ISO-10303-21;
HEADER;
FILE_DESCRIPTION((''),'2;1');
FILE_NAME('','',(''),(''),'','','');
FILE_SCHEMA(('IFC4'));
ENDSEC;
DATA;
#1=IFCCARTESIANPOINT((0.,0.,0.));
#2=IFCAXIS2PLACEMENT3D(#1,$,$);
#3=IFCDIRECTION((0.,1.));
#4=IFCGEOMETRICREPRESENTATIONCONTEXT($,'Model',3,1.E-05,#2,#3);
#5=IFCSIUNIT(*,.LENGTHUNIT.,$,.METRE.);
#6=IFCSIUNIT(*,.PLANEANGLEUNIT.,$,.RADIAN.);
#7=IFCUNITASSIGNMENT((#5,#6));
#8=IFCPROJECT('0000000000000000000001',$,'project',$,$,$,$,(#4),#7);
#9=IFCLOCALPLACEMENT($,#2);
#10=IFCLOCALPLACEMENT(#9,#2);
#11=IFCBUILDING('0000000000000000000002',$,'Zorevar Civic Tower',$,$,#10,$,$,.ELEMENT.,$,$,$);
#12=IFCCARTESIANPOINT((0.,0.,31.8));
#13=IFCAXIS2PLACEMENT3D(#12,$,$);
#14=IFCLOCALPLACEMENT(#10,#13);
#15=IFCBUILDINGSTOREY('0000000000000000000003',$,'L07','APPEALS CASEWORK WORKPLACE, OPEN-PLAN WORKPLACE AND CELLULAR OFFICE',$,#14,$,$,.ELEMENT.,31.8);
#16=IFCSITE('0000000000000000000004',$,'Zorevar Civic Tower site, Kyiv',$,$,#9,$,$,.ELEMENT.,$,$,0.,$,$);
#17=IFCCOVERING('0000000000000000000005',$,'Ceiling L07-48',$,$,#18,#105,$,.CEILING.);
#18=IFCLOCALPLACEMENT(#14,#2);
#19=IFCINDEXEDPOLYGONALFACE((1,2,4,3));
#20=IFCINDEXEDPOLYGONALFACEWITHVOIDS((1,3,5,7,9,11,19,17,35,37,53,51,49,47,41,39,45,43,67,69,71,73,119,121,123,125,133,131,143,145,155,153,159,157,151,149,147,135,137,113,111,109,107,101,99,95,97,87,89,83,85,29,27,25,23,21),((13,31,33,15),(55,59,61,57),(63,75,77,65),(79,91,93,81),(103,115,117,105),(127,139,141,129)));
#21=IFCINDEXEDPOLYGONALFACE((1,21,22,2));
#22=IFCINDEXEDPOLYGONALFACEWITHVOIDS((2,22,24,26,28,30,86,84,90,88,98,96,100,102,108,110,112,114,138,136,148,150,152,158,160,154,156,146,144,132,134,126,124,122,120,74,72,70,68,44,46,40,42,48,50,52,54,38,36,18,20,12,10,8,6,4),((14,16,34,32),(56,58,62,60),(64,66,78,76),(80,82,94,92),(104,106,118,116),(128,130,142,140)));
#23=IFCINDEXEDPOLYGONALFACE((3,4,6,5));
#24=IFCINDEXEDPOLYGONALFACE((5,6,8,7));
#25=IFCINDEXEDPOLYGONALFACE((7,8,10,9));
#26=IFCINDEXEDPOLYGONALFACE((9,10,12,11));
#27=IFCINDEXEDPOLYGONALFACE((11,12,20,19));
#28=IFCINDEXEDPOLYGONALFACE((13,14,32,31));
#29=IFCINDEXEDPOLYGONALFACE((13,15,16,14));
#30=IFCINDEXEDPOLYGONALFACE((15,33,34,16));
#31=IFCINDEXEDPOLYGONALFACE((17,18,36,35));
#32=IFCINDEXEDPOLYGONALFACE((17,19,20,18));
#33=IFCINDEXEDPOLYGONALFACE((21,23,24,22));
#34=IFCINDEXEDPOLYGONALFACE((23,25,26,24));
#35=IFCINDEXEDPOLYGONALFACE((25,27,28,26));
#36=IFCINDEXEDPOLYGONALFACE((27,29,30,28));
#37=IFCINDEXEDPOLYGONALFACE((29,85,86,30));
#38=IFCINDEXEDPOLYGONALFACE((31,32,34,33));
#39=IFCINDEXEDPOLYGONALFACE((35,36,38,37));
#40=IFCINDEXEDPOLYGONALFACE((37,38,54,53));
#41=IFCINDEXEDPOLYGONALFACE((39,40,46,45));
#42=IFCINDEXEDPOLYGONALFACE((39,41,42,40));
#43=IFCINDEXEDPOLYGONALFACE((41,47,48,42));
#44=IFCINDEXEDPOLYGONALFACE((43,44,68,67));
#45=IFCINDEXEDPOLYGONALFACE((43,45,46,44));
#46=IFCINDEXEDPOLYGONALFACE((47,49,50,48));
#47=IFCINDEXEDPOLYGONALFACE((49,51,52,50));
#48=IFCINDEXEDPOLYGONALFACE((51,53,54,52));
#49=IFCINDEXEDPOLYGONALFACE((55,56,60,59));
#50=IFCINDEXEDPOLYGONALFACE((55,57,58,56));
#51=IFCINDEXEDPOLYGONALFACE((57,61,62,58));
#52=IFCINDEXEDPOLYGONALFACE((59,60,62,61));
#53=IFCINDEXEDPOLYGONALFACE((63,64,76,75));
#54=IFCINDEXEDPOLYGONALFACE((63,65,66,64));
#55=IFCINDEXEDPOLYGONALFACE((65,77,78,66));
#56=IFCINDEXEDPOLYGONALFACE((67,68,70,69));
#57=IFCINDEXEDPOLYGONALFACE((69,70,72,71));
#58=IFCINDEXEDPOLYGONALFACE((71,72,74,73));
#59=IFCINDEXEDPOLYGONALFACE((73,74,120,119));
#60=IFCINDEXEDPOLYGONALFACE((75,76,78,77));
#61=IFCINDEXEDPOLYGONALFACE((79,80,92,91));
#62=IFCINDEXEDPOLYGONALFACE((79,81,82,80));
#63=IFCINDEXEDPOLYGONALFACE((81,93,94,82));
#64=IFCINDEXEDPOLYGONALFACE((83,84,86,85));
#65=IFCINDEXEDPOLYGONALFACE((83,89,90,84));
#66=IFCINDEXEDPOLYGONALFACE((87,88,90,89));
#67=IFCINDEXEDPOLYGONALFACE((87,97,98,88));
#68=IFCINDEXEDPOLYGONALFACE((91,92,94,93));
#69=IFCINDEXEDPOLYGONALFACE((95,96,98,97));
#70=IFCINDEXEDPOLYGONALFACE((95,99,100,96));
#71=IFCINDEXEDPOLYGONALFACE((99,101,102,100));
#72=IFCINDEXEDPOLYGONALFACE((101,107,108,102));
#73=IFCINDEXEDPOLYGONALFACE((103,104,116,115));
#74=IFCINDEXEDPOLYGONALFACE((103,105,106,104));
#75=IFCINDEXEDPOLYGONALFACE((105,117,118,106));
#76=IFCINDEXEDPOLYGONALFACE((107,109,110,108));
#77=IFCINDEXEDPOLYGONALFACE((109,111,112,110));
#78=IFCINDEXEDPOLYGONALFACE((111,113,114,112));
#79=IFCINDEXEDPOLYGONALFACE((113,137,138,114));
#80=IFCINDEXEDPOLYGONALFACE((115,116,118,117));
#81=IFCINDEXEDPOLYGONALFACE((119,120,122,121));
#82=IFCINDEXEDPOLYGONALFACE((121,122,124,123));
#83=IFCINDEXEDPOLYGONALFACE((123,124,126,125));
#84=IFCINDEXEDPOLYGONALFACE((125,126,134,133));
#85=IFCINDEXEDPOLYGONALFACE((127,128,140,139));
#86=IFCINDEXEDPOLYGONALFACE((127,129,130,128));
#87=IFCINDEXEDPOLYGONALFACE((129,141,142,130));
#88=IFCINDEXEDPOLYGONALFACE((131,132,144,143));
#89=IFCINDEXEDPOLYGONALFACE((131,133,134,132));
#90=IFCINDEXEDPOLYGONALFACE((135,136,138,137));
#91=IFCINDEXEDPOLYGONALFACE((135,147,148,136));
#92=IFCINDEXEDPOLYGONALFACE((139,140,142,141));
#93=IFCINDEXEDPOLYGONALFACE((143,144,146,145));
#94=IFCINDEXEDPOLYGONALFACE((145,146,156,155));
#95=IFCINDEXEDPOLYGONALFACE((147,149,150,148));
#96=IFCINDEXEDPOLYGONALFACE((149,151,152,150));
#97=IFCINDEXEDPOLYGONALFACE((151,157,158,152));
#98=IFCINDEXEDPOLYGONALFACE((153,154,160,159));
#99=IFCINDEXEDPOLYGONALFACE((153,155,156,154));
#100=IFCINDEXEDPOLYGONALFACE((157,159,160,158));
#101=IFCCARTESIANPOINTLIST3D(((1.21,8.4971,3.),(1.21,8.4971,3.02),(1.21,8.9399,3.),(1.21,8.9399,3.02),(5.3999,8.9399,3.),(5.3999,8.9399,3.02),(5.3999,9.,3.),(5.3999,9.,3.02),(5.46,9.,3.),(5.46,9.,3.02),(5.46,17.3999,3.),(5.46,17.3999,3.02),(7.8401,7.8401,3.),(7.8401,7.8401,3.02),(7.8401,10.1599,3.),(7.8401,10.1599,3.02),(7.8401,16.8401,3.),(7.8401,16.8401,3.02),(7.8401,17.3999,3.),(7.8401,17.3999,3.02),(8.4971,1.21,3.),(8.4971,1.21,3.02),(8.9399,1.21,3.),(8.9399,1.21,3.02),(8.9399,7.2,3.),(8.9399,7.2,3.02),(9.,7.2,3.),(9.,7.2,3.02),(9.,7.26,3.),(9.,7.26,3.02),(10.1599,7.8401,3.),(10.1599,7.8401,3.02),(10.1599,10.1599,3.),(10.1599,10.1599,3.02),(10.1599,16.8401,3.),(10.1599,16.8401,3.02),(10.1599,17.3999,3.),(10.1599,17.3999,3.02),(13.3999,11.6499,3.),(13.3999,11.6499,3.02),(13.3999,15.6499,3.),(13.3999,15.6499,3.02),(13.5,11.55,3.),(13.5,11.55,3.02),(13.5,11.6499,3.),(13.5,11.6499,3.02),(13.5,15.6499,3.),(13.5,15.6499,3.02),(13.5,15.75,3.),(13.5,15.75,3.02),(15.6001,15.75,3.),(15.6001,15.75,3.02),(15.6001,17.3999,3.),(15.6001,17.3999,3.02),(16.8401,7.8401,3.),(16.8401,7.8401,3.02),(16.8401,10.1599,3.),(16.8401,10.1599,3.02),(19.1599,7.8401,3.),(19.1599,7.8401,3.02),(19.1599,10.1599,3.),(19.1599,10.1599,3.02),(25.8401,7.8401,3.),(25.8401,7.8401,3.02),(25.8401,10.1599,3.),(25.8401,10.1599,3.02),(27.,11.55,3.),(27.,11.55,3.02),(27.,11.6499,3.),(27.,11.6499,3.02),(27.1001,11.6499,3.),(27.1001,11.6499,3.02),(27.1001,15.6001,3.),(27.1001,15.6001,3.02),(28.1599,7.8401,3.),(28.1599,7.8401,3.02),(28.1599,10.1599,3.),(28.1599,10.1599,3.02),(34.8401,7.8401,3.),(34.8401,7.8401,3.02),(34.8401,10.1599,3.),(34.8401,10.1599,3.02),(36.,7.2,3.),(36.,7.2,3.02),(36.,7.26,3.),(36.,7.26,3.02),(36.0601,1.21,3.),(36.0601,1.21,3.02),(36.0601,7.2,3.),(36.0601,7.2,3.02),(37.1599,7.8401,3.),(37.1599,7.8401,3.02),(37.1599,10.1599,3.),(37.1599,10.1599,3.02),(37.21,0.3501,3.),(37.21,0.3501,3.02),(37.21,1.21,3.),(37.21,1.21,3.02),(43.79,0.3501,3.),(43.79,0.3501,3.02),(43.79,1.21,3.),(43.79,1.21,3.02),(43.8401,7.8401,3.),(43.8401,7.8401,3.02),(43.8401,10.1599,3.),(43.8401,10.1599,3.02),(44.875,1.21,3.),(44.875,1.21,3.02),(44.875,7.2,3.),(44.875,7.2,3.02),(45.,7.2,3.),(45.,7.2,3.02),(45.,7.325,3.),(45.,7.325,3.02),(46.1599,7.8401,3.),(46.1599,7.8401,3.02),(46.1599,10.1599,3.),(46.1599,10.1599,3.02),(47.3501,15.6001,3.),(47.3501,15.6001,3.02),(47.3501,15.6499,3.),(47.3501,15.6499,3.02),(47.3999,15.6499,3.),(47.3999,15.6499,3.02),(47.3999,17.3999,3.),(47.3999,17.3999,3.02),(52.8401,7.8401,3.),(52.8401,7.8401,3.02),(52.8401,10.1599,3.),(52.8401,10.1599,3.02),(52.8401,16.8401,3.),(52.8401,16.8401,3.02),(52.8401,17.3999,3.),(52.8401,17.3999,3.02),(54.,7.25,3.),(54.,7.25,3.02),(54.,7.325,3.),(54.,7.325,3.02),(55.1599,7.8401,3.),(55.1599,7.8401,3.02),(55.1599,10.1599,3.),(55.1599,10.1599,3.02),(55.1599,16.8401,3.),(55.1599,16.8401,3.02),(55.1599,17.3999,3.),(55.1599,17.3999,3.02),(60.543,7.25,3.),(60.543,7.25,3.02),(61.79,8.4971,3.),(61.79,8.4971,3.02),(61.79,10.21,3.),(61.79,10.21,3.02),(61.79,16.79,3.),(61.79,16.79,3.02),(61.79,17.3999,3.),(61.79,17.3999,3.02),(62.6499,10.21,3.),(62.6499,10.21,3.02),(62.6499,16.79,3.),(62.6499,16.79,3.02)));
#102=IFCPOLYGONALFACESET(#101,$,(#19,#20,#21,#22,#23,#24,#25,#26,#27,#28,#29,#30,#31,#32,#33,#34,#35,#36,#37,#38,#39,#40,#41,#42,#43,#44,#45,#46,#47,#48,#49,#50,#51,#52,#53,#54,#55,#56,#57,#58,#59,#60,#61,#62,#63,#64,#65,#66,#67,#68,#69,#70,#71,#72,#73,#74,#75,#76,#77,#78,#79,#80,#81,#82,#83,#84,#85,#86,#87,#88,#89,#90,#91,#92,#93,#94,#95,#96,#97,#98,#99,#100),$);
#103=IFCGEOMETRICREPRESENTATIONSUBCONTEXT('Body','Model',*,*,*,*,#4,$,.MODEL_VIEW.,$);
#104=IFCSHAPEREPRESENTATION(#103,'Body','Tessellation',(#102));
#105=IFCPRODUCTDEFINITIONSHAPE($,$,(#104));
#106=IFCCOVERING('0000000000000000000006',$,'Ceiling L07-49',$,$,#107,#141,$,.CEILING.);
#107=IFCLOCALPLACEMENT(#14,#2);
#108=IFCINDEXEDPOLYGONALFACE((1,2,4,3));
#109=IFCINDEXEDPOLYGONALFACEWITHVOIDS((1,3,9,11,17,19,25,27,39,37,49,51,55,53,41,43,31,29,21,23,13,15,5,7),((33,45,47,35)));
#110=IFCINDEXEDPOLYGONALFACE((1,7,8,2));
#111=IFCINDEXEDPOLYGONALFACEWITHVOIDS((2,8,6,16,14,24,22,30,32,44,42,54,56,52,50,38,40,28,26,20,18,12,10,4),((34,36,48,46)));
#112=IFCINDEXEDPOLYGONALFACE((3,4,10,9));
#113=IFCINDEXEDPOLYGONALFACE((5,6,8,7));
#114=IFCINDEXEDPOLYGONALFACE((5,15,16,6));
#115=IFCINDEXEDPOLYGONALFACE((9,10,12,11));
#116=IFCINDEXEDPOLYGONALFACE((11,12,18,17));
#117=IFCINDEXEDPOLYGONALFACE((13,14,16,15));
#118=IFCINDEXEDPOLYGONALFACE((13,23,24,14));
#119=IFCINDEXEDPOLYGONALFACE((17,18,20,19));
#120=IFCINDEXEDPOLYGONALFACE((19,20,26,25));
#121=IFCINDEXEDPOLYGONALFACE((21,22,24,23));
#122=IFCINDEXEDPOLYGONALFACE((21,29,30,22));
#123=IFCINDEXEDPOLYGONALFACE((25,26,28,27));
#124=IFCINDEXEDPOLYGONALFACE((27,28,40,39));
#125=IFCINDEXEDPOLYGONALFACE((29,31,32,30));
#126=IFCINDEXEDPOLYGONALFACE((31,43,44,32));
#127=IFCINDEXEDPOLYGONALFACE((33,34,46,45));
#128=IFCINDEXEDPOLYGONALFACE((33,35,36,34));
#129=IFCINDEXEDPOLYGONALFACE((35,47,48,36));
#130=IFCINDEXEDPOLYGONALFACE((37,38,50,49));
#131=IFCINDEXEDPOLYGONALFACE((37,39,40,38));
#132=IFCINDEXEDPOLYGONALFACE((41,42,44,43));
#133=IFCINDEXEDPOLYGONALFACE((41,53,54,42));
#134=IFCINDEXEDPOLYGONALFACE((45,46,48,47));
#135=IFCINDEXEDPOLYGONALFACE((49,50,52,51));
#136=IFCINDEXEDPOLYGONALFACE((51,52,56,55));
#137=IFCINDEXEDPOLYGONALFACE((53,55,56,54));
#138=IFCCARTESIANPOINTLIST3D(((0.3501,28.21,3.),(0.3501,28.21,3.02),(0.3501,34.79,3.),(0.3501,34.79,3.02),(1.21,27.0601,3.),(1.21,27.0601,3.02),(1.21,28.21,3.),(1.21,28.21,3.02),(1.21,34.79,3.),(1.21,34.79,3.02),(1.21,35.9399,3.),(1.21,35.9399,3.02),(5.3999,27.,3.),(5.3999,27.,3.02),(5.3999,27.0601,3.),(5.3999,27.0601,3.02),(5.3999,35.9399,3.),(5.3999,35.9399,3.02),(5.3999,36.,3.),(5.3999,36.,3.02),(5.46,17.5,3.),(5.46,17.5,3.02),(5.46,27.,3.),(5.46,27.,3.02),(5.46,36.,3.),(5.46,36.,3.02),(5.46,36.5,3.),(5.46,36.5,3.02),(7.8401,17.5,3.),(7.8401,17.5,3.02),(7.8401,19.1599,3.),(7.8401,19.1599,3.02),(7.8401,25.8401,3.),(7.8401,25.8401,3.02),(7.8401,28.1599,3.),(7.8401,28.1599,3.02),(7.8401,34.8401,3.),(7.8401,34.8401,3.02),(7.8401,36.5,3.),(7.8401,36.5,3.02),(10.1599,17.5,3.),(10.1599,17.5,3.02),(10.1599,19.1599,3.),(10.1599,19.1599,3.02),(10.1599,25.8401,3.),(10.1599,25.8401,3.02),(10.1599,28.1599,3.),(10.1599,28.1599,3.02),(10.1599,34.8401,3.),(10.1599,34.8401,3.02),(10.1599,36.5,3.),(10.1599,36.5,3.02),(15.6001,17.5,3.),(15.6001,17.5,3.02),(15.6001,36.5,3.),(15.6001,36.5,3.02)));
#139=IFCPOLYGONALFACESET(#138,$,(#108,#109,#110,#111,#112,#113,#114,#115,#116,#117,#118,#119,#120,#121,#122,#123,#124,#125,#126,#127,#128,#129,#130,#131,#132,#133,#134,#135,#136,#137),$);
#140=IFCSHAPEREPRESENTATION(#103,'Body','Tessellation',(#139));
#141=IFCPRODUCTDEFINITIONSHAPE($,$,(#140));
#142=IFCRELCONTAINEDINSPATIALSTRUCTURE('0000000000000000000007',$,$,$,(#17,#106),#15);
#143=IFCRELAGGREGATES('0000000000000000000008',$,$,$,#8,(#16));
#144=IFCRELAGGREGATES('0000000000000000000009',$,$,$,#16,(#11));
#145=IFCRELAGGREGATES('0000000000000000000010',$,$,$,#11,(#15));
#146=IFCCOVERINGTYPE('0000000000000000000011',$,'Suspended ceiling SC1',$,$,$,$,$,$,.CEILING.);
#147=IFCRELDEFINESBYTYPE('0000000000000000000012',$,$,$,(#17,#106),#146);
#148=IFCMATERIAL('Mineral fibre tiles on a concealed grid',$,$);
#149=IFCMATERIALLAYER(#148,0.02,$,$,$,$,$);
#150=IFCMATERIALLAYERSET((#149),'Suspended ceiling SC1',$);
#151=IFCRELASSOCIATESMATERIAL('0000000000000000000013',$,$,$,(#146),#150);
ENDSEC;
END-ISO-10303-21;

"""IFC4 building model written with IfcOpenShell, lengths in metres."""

from ifc_helpers import new_model, si_unit, direction, frame, origin, place, context, subcontext, project, spatial, polyline, outline, extrude, material, layer, layer_set, type_object, element, save


model = new_model("IFC4")

# Units and contexts
model_context = context("Model", 3, precision=1e-05, world=origin(), true_north=direction((0.0, 1.0)))
body_context = subcontext(model_context, "Body", "Model", "MODEL_VIEW")
ifc_project = project(units=[si_unit("LENGTHUNIT", "METRE"), si_unit("PLANEANGLEUNIT", "RADIAN")], contexts=[model_context])

# Site, building, storey
site_placement = place(None, origin())
site = spatial("IfcSite", under=ifc_project, at=site_placement, Name="Zorevar Civic Tower site, Kyiv", CompositionType="ELEMENT", RefElevation=0.0)
building_placement = place(site_placement, origin())
building = spatial("IfcBuilding", under=site, at=building_placement, Name="Zorevar Civic Tower", CompositionType="ELEMENT")
storey_placement = place(building_placement, frame((0.0, 0.0, 31.8)))
storey = spatial("IfcBuildingStorey", under=building, at=storey_placement, Name="L07", Description="APPEALS CASEWORK WORKPLACE, OPEN-PLAN WORKPLACE AND CELLULAR OFFICE", CompositionType="ELEMENT", Elevation=31.8)

# Coverings
ifc_material_1 = material(Name="Mineral fibre tiles on a concealed grid")
ifc_layer_1 = layer(ifc_material_1, 0.02)
ifc_layer_set_1 = layer_set([ifc_layer_1], Name="Suspended ceiling SC1")
covering_type_1 = type_object("IfcCoveringType", Name="Suspended ceiling SC1", PredefinedType="CEILING", material=ifc_layer_set_1)
covering_1_placement = place(storey_placement, frame((0.0, 0.0, 3.0)))
element("IfcCovering", 1, at=covering_1_placement, inside=storey, type_object=covering_type_1, Name="Ceiling L07-48", PredefinedType="CEILING", context=body_context, shape_type="SweptSolid", body=[
    extrude(outline(polyline([(7.8401, 16.8401), (10.1599, 16.8401), (10.1599, 17.3999), (15.6001, 17.3999), (15.6001, 15.75), (13.5, 15.75), (13.5, 15.6499), (13.3999, 15.6499), (13.3999, 11.6499), (13.5, 11.6499), (13.5, 11.55), (27.0, 11.55), (27.0, 11.6499), (27.1001, 11.6499), (27.1001, 15.6001), (47.3501, 15.6001), (47.3501, 15.6499), (47.3999, 15.6499), (47.3999, 17.3999), (52.8401, 17.3999), (52.8401, 16.8401), (55.1599, 16.8401), (55.1599, 17.3999), (61.79, 17.3999), (61.79, 16.79), (62.6499, 16.79), (62.6499, 10.21), (61.79, 10.21), (61.79, 8.4971), (60.543, 7.25), (54.0, 7.25), (54.0, 7.325), (45.0, 7.325), (45.0, 7.2), (44.875, 7.2), (44.875, 1.21), (43.79, 1.21), (43.79, 0.3501), (37.21, 0.3501), (37.21, 1.21), (36.0601, 1.21), (36.0601, 7.2), (36.0, 7.2), (36.0, 7.26), (9.0, 7.26), (9.0, 7.2), (8.9399, 7.2), (8.9399, 1.21), (8.4971, 1.21), (1.21, 8.4971), (1.21, 8.9399), (5.3999, 8.9399), (5.3999, 9.0), (5.46, 9.0), (5.46, 17.3999), (7.8401, 17.3999), (7.8401, 16.8401)]), holes=[polyline([(7.8401, 10.1599), (7.8401, 7.8401), (10.1599, 7.8401), (10.1599, 10.1599), (7.8401, 10.1599)]), polyline([(19.1599, 7.8401), (19.1599, 10.1599), (16.8401, 10.1599), (16.8401, 7.8401), (19.1599, 7.8401)]), polyline([(25.8401, 7.8401), (28.1599, 7.8401), (28.1599, 10.1599), (25.8401, 10.1599), (25.8401, 7.8401)]), polyline([(37.1599, 10.1599), (34.8401, 10.1599), (34.8401, 7.8401), (37.1599, 7.8401), (37.1599, 10.1599)]), polyline([(43.8401, 7.8401), (46.1599, 7.8401), (46.1599, 10.1599), (43.8401, 10.1599), (43.8401, 7.8401)]), polyline([(52.8401, 10.1599), (52.8401, 7.8401), (55.1599, 7.8401), (55.1599, 10.1599), (52.8401, 10.1599)])]), origin(), (0.0, 0.0, 1.0), 0.02),
])
covering_2_placement = place(storey_placement, frame((0.0, 0.0, 3.0)))
element("IfcCovering", 2, at=covering_2_placement, inside=storey, type_object=covering_type_1, Name="Ceiling L07-49", PredefinedType="CEILING", context=body_context, shape_type="SweptSolid", body=[
    extrude(outline(polyline([(5.3999, 27.0), (5.3999, 27.0601), (1.21, 27.0601), (1.21, 28.21), (0.3501, 28.21), (0.3501, 34.79), (1.21, 34.79), (1.21, 35.9399), (5.3999, 35.9399), (5.3999, 36.0), (5.46, 36.0), (5.46, 36.5), (7.8401, 36.5), (7.8401, 34.8401), (10.1599, 34.8401), (10.1599, 36.5), (15.6001, 36.5), (15.6001, 17.5), (10.1599, 17.5), (10.1599, 19.1599), (7.8401, 19.1599), (7.8401, 17.5), (5.46, 17.5), (5.46, 27.0), (5.3999, 27.0)]), holes=[polyline([(7.8401, 28.1599), (7.8401, 25.8401), (10.1599, 25.8401), (10.1599, 28.1599), (7.8401, 28.1599)])]), origin(), (0.0, 0.0, 1.0), 0.02),
])

save(model, "model.ifc")
